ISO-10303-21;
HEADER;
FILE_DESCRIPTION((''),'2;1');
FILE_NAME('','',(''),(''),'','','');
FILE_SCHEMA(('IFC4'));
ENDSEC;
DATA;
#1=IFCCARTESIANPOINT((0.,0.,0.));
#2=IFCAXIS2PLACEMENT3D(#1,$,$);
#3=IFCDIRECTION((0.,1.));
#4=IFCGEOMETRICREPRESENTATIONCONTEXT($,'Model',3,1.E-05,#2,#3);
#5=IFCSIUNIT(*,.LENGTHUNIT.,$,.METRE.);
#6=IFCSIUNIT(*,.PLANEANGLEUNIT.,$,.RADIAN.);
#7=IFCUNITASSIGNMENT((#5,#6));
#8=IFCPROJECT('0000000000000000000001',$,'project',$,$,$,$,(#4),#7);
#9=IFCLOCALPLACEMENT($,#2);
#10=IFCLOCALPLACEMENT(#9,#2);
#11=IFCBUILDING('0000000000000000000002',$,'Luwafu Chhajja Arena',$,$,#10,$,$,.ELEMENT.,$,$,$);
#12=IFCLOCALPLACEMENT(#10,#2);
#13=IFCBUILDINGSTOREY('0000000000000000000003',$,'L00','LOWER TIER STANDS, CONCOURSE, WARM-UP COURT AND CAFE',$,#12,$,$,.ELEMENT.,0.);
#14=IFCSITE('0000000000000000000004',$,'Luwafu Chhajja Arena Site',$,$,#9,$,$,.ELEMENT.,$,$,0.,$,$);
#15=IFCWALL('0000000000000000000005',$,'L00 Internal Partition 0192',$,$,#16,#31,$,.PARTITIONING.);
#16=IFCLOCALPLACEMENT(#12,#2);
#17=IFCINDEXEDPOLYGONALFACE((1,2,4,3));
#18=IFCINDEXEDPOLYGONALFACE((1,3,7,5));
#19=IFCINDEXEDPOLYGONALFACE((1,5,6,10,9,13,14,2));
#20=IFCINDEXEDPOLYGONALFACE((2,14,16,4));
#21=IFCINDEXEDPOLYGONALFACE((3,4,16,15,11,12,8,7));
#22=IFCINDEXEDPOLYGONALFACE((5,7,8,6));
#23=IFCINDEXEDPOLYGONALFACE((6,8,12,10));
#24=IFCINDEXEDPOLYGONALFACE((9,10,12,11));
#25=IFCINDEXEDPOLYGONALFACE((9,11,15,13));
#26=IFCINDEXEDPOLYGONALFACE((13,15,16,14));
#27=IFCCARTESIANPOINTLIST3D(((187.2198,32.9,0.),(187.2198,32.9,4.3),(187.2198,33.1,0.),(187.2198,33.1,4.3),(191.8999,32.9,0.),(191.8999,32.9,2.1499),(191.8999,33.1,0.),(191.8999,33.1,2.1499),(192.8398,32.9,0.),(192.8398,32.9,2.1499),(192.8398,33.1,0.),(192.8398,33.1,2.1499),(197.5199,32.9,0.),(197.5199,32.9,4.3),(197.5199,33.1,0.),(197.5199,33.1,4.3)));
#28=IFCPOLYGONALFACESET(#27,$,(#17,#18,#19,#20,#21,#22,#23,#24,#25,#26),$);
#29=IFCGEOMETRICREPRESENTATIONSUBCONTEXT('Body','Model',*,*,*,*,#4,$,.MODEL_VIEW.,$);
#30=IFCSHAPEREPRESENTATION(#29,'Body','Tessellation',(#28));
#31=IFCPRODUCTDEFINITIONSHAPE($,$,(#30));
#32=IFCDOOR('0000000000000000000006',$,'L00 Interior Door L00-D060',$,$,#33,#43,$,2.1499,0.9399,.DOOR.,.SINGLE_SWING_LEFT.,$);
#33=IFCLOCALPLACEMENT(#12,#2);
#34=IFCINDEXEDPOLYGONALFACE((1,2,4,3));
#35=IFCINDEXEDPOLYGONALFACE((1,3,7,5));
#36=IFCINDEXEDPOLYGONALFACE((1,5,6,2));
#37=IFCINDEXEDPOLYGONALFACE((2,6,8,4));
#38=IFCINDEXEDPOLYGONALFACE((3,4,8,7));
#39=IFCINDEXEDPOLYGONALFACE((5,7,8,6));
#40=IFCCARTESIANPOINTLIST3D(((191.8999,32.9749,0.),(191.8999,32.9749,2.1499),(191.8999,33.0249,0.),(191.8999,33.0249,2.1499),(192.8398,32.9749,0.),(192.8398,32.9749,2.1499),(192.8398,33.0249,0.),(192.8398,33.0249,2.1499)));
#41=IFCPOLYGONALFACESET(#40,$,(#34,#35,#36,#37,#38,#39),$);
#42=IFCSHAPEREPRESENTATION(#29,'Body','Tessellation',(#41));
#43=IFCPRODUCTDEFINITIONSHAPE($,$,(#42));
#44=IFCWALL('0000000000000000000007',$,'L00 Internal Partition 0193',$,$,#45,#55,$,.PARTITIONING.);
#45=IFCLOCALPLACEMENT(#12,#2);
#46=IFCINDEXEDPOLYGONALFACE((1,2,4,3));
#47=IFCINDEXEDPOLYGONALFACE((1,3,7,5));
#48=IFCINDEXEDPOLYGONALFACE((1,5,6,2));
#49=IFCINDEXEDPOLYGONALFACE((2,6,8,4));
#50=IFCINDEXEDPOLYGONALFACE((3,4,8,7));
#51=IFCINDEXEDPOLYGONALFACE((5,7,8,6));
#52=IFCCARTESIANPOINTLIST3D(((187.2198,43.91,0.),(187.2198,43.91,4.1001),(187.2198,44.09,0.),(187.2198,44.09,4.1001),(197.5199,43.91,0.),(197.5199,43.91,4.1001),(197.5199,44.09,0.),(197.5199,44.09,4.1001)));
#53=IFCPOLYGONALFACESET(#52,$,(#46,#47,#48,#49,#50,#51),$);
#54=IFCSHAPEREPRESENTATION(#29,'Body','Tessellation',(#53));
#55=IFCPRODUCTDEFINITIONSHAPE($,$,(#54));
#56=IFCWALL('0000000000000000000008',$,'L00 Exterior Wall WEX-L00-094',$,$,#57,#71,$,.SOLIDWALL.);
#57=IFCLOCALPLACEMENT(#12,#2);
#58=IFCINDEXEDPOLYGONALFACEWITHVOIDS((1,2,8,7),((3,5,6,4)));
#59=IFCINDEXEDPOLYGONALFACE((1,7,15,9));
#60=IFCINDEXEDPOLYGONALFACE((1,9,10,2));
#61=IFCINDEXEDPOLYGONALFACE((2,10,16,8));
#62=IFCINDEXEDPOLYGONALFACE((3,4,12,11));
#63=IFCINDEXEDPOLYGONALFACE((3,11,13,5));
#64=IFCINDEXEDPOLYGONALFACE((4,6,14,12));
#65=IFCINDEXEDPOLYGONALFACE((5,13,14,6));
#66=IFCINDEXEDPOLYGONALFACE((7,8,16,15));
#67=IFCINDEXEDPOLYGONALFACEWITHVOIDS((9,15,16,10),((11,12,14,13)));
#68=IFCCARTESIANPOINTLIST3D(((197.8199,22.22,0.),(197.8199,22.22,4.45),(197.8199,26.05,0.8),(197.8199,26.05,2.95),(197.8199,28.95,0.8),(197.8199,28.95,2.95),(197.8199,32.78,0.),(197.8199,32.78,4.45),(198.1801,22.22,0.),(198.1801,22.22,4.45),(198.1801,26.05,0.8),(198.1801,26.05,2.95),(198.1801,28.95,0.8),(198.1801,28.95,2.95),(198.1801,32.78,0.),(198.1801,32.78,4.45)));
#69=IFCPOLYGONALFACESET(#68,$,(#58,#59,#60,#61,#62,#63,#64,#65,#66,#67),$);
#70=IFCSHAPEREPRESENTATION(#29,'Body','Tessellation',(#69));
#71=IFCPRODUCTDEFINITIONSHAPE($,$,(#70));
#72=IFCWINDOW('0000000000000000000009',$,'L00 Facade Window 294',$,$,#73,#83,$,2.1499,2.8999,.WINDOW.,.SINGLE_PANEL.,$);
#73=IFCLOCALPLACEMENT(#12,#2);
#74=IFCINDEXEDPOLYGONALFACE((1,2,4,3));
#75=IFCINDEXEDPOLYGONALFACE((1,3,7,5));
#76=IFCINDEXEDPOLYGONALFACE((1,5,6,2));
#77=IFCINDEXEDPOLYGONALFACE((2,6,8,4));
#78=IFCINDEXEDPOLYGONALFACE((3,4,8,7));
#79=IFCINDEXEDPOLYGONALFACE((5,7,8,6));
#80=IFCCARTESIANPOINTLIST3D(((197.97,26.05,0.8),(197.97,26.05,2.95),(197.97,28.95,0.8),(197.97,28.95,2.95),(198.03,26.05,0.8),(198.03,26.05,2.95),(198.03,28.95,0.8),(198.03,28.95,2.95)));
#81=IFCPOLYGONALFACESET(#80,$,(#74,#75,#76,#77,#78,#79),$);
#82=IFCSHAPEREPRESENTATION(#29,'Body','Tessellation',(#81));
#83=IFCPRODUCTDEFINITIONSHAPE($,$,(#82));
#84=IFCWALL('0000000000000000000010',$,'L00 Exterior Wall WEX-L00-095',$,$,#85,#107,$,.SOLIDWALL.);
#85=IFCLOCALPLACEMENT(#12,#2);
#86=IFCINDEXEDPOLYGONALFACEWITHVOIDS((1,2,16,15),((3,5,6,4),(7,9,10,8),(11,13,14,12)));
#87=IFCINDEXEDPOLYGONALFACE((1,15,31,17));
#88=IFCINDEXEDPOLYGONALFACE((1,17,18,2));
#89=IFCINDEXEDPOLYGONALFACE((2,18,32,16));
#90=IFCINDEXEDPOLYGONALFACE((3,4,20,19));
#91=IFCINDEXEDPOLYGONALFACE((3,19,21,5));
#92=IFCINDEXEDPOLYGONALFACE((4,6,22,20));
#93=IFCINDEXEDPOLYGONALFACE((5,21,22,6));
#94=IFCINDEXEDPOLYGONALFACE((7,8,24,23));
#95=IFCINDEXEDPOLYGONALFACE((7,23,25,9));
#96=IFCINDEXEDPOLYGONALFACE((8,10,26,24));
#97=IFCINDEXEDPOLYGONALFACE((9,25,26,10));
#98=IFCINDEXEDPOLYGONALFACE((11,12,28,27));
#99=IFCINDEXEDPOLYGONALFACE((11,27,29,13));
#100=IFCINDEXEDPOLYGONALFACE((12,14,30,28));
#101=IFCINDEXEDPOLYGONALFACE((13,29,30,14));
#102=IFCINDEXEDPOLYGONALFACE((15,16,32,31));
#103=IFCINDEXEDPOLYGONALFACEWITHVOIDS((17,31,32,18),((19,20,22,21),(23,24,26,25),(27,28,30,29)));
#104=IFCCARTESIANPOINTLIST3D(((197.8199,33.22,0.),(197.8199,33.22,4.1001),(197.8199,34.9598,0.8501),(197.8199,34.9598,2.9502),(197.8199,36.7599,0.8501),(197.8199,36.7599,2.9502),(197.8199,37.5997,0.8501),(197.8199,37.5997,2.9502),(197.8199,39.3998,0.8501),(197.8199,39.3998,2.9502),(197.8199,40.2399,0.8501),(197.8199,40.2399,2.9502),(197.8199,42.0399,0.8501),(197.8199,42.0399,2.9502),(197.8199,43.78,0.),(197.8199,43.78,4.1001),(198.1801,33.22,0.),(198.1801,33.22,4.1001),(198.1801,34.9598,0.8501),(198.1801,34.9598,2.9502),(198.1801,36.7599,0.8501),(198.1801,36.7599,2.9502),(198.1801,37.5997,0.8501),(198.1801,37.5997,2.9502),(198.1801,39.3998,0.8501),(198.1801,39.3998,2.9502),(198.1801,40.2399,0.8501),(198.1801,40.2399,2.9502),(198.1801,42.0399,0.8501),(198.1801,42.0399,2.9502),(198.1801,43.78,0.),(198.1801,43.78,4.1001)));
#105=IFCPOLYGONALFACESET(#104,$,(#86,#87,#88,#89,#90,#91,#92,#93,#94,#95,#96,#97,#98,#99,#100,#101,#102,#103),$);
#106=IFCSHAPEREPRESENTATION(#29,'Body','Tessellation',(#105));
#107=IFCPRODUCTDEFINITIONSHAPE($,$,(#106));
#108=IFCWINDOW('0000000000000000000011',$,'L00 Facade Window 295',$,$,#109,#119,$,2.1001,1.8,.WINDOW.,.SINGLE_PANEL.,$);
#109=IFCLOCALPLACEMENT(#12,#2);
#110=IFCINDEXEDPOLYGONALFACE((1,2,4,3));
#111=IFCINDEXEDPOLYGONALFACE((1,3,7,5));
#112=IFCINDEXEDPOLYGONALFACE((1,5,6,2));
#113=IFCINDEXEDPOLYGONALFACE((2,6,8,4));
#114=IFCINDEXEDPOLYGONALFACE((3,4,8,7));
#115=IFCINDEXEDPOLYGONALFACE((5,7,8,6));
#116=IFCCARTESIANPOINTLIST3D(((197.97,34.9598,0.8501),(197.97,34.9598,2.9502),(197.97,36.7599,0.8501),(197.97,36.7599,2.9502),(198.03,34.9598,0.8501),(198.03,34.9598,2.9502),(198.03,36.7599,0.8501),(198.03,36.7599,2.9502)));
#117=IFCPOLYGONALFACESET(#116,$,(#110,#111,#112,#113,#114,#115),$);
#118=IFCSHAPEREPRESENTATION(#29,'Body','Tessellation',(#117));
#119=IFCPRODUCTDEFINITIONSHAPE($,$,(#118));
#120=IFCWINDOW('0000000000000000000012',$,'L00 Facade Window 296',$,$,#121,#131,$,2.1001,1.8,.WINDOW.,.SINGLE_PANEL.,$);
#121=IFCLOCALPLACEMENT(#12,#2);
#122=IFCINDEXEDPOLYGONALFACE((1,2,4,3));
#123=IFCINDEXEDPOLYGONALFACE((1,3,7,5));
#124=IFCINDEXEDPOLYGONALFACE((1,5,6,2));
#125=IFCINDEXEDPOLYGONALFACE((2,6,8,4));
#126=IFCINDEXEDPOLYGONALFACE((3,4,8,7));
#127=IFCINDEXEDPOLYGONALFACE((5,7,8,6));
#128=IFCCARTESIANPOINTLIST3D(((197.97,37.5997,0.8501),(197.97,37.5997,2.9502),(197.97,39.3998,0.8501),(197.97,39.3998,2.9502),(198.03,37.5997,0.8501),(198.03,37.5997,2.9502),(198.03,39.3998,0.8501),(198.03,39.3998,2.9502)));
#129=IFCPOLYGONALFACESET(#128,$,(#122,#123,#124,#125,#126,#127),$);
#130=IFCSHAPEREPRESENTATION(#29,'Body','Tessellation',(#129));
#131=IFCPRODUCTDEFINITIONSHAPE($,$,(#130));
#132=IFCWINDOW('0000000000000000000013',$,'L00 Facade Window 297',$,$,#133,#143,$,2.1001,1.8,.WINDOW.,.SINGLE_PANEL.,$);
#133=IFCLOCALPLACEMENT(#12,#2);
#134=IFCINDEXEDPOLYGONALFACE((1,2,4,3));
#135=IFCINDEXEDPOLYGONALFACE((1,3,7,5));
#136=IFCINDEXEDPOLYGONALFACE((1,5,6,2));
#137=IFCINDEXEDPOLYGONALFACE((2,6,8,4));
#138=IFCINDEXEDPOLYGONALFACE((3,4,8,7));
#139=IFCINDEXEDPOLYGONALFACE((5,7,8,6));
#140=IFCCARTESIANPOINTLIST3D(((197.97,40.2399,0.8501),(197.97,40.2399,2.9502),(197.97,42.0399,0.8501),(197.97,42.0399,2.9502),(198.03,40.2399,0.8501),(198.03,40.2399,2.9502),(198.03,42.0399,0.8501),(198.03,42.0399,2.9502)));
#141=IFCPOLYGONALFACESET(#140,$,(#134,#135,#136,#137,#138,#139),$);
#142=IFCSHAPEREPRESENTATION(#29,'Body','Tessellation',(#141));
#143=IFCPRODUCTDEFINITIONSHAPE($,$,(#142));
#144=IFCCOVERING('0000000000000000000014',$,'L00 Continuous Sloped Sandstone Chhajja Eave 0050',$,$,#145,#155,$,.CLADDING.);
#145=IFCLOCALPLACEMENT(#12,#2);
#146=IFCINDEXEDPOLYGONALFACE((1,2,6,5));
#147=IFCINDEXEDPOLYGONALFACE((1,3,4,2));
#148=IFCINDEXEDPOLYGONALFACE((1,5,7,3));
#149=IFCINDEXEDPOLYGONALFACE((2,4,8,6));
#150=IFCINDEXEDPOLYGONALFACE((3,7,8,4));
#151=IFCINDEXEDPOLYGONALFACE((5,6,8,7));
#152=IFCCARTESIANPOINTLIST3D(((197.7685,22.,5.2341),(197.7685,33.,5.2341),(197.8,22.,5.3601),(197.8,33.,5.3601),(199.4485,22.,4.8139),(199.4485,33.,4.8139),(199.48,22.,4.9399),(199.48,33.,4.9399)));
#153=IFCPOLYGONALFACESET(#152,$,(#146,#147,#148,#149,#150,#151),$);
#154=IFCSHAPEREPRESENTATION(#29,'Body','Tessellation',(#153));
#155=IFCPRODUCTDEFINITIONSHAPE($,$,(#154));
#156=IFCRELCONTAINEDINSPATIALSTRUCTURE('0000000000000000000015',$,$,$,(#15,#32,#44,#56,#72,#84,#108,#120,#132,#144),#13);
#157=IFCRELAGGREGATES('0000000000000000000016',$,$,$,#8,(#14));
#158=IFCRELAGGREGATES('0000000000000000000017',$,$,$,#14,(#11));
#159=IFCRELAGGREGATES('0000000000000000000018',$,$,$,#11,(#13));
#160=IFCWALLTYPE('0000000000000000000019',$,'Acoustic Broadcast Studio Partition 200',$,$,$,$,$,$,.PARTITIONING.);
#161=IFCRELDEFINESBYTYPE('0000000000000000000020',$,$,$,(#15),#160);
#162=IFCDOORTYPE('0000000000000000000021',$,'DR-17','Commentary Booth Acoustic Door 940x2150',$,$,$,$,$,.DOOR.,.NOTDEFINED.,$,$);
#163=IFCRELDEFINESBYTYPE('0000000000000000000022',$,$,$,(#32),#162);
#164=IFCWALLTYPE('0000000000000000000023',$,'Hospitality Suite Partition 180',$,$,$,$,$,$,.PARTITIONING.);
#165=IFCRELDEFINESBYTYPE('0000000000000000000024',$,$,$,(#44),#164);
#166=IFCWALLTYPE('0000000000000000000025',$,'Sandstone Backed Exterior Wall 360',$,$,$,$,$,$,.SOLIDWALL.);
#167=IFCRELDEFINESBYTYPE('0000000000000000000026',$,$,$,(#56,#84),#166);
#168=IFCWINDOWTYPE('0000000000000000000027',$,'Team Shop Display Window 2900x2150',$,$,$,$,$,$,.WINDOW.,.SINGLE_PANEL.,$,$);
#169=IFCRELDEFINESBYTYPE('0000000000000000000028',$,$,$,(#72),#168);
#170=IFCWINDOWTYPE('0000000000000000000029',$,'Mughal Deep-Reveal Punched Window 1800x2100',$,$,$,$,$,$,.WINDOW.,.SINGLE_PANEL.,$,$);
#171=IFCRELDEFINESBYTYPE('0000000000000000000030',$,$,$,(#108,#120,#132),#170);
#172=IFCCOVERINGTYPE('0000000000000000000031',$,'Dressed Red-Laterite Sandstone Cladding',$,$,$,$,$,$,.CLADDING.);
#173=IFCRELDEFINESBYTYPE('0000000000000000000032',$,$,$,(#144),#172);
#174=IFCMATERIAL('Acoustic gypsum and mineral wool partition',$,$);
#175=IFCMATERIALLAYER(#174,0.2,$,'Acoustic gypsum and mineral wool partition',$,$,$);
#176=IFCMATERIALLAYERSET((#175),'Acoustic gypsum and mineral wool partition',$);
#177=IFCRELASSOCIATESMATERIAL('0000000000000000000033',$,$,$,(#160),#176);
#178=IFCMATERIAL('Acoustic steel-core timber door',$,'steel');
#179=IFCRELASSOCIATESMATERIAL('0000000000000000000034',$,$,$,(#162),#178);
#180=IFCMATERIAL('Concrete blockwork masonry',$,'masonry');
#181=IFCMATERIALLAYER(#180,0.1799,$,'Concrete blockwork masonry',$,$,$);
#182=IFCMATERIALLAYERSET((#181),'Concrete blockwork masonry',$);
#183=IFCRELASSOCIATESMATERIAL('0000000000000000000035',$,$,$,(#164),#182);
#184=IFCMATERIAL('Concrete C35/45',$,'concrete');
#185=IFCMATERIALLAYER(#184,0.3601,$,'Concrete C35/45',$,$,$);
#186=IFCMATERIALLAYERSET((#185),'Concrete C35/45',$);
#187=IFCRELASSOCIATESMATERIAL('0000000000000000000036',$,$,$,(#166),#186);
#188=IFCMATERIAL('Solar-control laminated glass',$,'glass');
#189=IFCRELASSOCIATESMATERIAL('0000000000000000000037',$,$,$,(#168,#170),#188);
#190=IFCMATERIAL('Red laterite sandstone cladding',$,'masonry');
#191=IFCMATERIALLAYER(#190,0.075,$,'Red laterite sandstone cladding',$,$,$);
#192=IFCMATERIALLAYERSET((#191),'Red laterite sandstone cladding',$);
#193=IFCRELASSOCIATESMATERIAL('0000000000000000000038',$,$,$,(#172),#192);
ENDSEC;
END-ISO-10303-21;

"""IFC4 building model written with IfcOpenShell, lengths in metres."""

from ifc_helpers import new_model, si_unit, direction, frame, frame_2d, origin, place, context, subcontext, project, spatial, polyline, rectangle, outline, extrude, material, layer, layer_set, type_object, element, fill, save


model = new_model("IFC4")

# Units and contexts
model_context = context("Model", 3, precision=1e-05, world=origin(), true_north=direction((0.0, 1.0)))
body_context = subcontext(model_context, "Body", "Model", "MODEL_VIEW")
ifc_project = project(units=[si_unit("LENGTHUNIT", "METRE"), si_unit("PLANEANGLEUNIT", "RADIAN")], contexts=[model_context])

# Site, building, storey
site_placement = place(None, origin())
site = spatial("IfcSite", under=ifc_project, at=site_placement, Name="Luwafu Chhajja Arena Site", CompositionType="ELEMENT", RefElevation=0.0)
building_placement = place(site_placement, origin())
building = spatial("IfcBuilding", under=site, at=building_placement, Name="Luwafu Chhajja Arena", CompositionType="ELEMENT")
storey_placement = place(building_placement, origin())
storey = spatial("IfcBuildingStorey", under=building, at=storey_placement, Name="L00", Description="LOWER TIER STANDS, CONCOURSE, WARM-UP COURT AND CAFE", CompositionType="ELEMENT", Elevation=0.0)

# Shared definitions
ifc_material_1 = material(Name="Concrete C35/45", Category="concrete")

# Wall, opening, door
ifc_material_2 = material(Name="Acoustic gypsum and mineral wool partition")
ifc_layer_1 = layer(ifc_material_2, 0.2, Name="Acoustic gypsum and mineral wool partition")
ifc_layer_set_1 = layer_set([ifc_layer_1], Name="Acoustic gypsum and mineral wool partition")
wall_type_1 = type_object("IfcWallType", Name="Acoustic Broadcast Studio Partition 200", PredefinedType="PARTITIONING", material=ifc_layer_set_1)
wall_1_placement = place(storey_placement, frame((187.22, 33.0, 0.0), z_axis=(0.0, 0.0, 1.0), x_axis=(1.0, 0.0, 0.0)))
wall_1 = element("IfcWall", 1, at=wall_1_placement, inside=storey, type_object=wall_type_1, Name="L00 Internal Partition 0192", PredefinedType="PARTITIONING", context=body_context, shape_type="SweptSolid", body=[
    extrude(rectangle(XDim=10.3, YDim=0.2, at=frame_2d((5.1499, 0.0))), origin(), (0.0, 0.0, 1.0), 4.3),
])
opening_1_placement = place(wall_1_placement, frame((4.6799, 0.0, 0.0)))
opening_1 = element("IfcOpeningElement", 2, at=opening_1_placement, cuts=wall_1, PredefinedType="OPENING", context=body_context, shape_type="SweptSolid", body=[
    extrude(rectangle(XDim=0.9399, YDim=2.1499, at=frame_2d((0.47, 1.075))), frame((0.0, 0.1099, 0.0), z_axis=(0.0, -1.0, 0.0), x_axis=(1.0, 0.0, 0.0)), (0.0, 0.0, 1.0), 0.22),
])
ifc_material_3 = material(Name="Acoustic steel-core timber door", Category="steel")
door_type = type_object("IfcDoorType", Name="DR-17", Description="Commentary Booth Acoustic Door 940x2150", OperationType="NOTDEFINED", PredefinedType="DOOR", material=ifc_material_3)
door_placement = place(opening_1_placement, origin())
door = element("IfcDoor", 3, at=door_placement, inside=storey, type_object=door_type, Name="L00 Interior Door L00-D060", OperationType="SINGLE_SWING_LEFT", OverallHeight=2.1499, OverallWidth=0.9399, PredefinedType="DOOR", context=body_context, shape_type="SweptSolid", body=[
    extrude(rectangle(XDim=0.9399, YDim=2.1499, at=frame_2d((0.47, 1.075))), frame((0.0, 0.0249, 0.0), z_axis=(0.0, -1.0, 0.0), x_axis=(1.0, 0.0, 0.0)), (0.0, 0.0, 1.0), 0.05),
])
fill(opening_1, door)

# Wall
ifc_material_4 = material(Name="Concrete blockwork masonry", Category="masonry")
ifc_layer_2 = layer(ifc_material_4, 0.1799, Name="Concrete blockwork masonry")
ifc_layer_set_2 = layer_set([ifc_layer_2], Name="Concrete blockwork masonry")
wall_type_2 = type_object("IfcWallType", Name="Hospitality Suite Partition 180", PredefinedType="PARTITIONING", material=ifc_layer_set_2)
wall_2_placement = place(storey_placement, frame((187.22, 44.0, 0.0), z_axis=(0.0, 0.0, 1.0), x_axis=(1.0, 0.0, 0.0)))
element("IfcWall", 4, at=wall_2_placement, inside=storey, type_object=wall_type_2, Name="L00 Internal Partition 0193", PredefinedType="PARTITIONING", context=body_context, shape_type="SweptSolid", body=[
    extrude(rectangle(XDim=10.3, YDim=0.1799, at=frame_2d((5.1499, 0.0))), origin(), (0.0, 0.0, 1.0), 4.1001),
])

# Wall, opening, window
ifc_layer_3 = layer(ifc_material_1, 0.3601, Name="Concrete C35/45")
ifc_layer_set_3 = layer_set([ifc_layer_3], Name="Concrete C35/45")
wall_type_3 = type_object("IfcWallType", Name="Sandstone Backed Exterior Wall 360", PredefinedType="SOLIDWALL", material=ifc_layer_set_3)
wall_3_placement = place(storey_placement, frame((198.0, 22.22, 0.0), z_axis=(0.0, 0.0, 1.0), x_axis=(0.0, 1.0, 0.0)))
wall_3 = element("IfcWall", 5, at=wall_3_placement, inside=storey, type_object=wall_type_3, Name="L00 Exterior Wall WEX-L00-094", PredefinedType="SOLIDWALL", context=body_context, shape_type="SweptSolid", body=[
    extrude(rectangle(XDim=10.5601, YDim=0.3601, at=frame_2d((5.28, 0.0))), origin(), (0.0, 0.0, 1.0), 4.45),
])
opening_2_placement = place(wall_3_placement, frame((3.8301, 0.0, 0.8)))
opening_2 = element("IfcOpeningElement", 6, at=opening_2_placement, cuts=wall_3, PredefinedType="OPENING", context=body_context, shape_type="SweptSolid", body=[
    extrude(rectangle(XDim=2.8999, YDim=2.1499, at=frame_2d((1.45, 1.075))), frame((0.0, 0.1899, 0.0), z_axis=(0.0, -1.0, 0.0), x_axis=(1.0, 0.0, 0.0)), (0.0, 0.0, 1.0), 0.3801),
])
ifc_material_5 = material(Name="Solar-control laminated glass", Category="glass")
window_type_1 = type_object("IfcWindowType", Name="Team Shop Display Window 2900x2150", PartitioningType="SINGLE_PANEL", PredefinedType="WINDOW", material=ifc_material_5)
window_1_placement = place(opening_2_placement, origin())
window_1 = element("IfcWindow", 7, at=window_1_placement, inside=storey, type_object=window_type_1, Name="L00 Facade Window 294", OverallHeight=2.1499, OverallWidth=2.8999, PartitioningType="SINGLE_PANEL", PredefinedType="WINDOW", context=body_context, shape_type="SweptSolid", body=[
    extrude(rectangle(XDim=2.8999, YDim=2.1499, at=frame_2d((1.45, 1.075))), frame((0.0, 0.03, 0.0), z_axis=(0.0, -1.0, 0.0), x_axis=(1.0, 0.0, 0.0)), (0.0, 0.0, 1.0), 0.0601),
])
fill(opening_2, window_1)

# Wall, openings, windows
wall_4_placement = place(storey_placement, frame((198.0, 33.22, 0.0), z_axis=(0.0, 0.0, 1.0), x_axis=(0.0, 1.0, 0.0)))
wall_4 = element("IfcWall", 8, at=wall_4_placement, inside=storey, type_object=wall_type_3, Name="L00 Exterior Wall WEX-L00-095", PredefinedType="SOLIDWALL", context=body_context, shape_type="SweptSolid", body=[
    extrude(rectangle(XDim=10.5601, YDim=0.3601, at=frame_2d((5.28, 0.0))), origin(), (0.0, 0.0, 1.0), 4.1001),
])
opening_3_placement = place(wall_4_placement, frame((1.74, 0.0, 0.8501)))
opening_3 = element("IfcOpeningElement", 9, at=opening_3_placement, cuts=wall_4, PredefinedType="OPENING", context=body_context, shape_type="SweptSolid", body=[
    extrude(rectangle(XDim=1.8, YDim=2.1001, at=frame_2d((0.8999, 1.05))), frame((0.0, 0.1899, 0.0), z_axis=(0.0, -1.0, 0.0), x_axis=(1.0, 0.0, 0.0)), (0.0, 0.0, 1.0), 0.3801),
])
opening_4_placement = place(wall_4_placement, frame((4.3799, 0.0, 0.8501)))
opening_4 = element("IfcOpeningElement", 10, at=opening_4_placement, cuts=wall_4, PredefinedType="OPENING", context=body_context, shape_type="SweptSolid", body=[
    extrude(rectangle(XDim=1.8, YDim=2.1001, at=frame_2d((0.8999, 1.05))), frame((0.0, 0.1899, 0.0), z_axis=(0.0, -1.0, 0.0), x_axis=(1.0, 0.0, 0.0)), (0.0, 0.0, 1.0), 0.3801),
])
opening_5_placement = place(wall_4_placement, frame((7.02, 0.0, 0.8501)))
opening_5 = element("IfcOpeningElement", 11, at=opening_5_placement, cuts=wall_4, PredefinedType="OPENING", context=body_context, shape_type="SweptSolid", body=[
    extrude(rectangle(XDim=1.8, YDim=2.1001, at=frame_2d((0.8999, 1.05))), frame((0.0, 0.1899, 0.0), z_axis=(0.0, -1.0, 0.0), x_axis=(1.0, 0.0, 0.0)), (0.0, 0.0, 1.0), 0.3801),
])
window_type_2 = type_object("IfcWindowType", Name="Mughal Deep-Reveal Punched Window 1800x2100", PartitioningType="SINGLE_PANEL", PredefinedType="WINDOW", material=ifc_material_5)
window_2_placement = place(opening_3_placement, origin())
window_2 = element("IfcWindow", 12, at=window_2_placement, inside=storey, type_object=window_type_2, Name="L00 Facade Window 295", OverallHeight=2.1001, OverallWidth=1.8, PartitioningType="SINGLE_PANEL", PredefinedType="WINDOW", context=body_context, shape_type="SweptSolid", body=[
    extrude(rectangle(XDim=1.8, YDim=2.1001, at=frame_2d((0.8999, 1.05))), frame((0.0, 0.03, 0.0), z_axis=(0.0, -1.0, 0.0), x_axis=(1.0, 0.0, 0.0)), (0.0, 0.0, 1.0), 0.0601),
])
fill(opening_3, window_2)
window_3_placement = place(opening_4_placement, origin())
window_3 = element("IfcWindow", 13, at=window_3_placement, inside=storey, type_object=window_type_2, Name="L00 Facade Window 296", OverallHeight=2.1001, OverallWidth=1.8, PartitioningType="SINGLE_PANEL", PredefinedType="WINDOW", context=body_context, shape_type="SweptSolid", body=[
    extrude(rectangle(XDim=1.8, YDim=2.1001, at=frame_2d((0.8999, 1.05))), frame((0.0, 0.03, 0.0), z_axis=(0.0, -1.0, 0.0), x_axis=(1.0, 0.0, 0.0)), (0.0, 0.0, 1.0), 0.0601),
])
fill(opening_4, window_3)
window_4_placement = place(opening_5_placement, origin())
window_4 = element("IfcWindow", 14, at=window_4_placement, inside=storey, type_object=window_type_2, Name="L00 Facade Window 297", OverallHeight=2.1001, OverallWidth=1.8, PartitioningType="SINGLE_PANEL", PredefinedType="WINDOW", context=body_context, shape_type="SweptSolid", body=[
    extrude(rectangle(XDim=1.8, YDim=2.1001, at=frame_2d((0.8999, 1.05))), frame((0.0, 0.03, 0.0), z_axis=(0.0, -1.0, 0.0), x_axis=(1.0, 0.0, 0.0)), (0.0, 0.0, 1.0), 0.0601),
])
fill(opening_5, window_4)

# Covering
ifc_material_6 = material(Name="Red laterite sandstone cladding", Category="masonry")
ifc_layer_4 = layer(ifc_material_6, 0.075, Name="Red laterite sandstone cladding")
ifc_layer_set_4 = layer_set([ifc_layer_4], Name="Red laterite sandstone cladding")
covering_type = type_object("IfcCoveringType", Name="Dressed Red-Laterite Sandstone Cladding", PredefinedType="CLADDING", material=ifc_layer_set_4)
for number, where, z_axis, x_axis, name in (
    (15, (197.8, 22.0, 5.3601), (0.242635, 0.0, 0.970118), (0.0, 1.0, 0.0), "L00 Continuous Sloped Sandstone Chhajja Eave 0050"),
):
    element("IfcCovering", number, at=place(storey_placement, frame(where, z_axis=z_axis, x_axis=x_axis)), inside=storey, type_object=covering_type, Name=name, PredefinedType="CLADDING", context=body_context, shape_type="SweptSolid", body=[
        extrude(outline(polyline([(0.0, 0.0), (11.0, 0.0), (11.0, -1.7317), (0.0, -1.7317), (0.0, 0.0)])), origin(), (0.0, 0.0, -1.0), 0.1299),
    ])

save(model, "model.ifc")
